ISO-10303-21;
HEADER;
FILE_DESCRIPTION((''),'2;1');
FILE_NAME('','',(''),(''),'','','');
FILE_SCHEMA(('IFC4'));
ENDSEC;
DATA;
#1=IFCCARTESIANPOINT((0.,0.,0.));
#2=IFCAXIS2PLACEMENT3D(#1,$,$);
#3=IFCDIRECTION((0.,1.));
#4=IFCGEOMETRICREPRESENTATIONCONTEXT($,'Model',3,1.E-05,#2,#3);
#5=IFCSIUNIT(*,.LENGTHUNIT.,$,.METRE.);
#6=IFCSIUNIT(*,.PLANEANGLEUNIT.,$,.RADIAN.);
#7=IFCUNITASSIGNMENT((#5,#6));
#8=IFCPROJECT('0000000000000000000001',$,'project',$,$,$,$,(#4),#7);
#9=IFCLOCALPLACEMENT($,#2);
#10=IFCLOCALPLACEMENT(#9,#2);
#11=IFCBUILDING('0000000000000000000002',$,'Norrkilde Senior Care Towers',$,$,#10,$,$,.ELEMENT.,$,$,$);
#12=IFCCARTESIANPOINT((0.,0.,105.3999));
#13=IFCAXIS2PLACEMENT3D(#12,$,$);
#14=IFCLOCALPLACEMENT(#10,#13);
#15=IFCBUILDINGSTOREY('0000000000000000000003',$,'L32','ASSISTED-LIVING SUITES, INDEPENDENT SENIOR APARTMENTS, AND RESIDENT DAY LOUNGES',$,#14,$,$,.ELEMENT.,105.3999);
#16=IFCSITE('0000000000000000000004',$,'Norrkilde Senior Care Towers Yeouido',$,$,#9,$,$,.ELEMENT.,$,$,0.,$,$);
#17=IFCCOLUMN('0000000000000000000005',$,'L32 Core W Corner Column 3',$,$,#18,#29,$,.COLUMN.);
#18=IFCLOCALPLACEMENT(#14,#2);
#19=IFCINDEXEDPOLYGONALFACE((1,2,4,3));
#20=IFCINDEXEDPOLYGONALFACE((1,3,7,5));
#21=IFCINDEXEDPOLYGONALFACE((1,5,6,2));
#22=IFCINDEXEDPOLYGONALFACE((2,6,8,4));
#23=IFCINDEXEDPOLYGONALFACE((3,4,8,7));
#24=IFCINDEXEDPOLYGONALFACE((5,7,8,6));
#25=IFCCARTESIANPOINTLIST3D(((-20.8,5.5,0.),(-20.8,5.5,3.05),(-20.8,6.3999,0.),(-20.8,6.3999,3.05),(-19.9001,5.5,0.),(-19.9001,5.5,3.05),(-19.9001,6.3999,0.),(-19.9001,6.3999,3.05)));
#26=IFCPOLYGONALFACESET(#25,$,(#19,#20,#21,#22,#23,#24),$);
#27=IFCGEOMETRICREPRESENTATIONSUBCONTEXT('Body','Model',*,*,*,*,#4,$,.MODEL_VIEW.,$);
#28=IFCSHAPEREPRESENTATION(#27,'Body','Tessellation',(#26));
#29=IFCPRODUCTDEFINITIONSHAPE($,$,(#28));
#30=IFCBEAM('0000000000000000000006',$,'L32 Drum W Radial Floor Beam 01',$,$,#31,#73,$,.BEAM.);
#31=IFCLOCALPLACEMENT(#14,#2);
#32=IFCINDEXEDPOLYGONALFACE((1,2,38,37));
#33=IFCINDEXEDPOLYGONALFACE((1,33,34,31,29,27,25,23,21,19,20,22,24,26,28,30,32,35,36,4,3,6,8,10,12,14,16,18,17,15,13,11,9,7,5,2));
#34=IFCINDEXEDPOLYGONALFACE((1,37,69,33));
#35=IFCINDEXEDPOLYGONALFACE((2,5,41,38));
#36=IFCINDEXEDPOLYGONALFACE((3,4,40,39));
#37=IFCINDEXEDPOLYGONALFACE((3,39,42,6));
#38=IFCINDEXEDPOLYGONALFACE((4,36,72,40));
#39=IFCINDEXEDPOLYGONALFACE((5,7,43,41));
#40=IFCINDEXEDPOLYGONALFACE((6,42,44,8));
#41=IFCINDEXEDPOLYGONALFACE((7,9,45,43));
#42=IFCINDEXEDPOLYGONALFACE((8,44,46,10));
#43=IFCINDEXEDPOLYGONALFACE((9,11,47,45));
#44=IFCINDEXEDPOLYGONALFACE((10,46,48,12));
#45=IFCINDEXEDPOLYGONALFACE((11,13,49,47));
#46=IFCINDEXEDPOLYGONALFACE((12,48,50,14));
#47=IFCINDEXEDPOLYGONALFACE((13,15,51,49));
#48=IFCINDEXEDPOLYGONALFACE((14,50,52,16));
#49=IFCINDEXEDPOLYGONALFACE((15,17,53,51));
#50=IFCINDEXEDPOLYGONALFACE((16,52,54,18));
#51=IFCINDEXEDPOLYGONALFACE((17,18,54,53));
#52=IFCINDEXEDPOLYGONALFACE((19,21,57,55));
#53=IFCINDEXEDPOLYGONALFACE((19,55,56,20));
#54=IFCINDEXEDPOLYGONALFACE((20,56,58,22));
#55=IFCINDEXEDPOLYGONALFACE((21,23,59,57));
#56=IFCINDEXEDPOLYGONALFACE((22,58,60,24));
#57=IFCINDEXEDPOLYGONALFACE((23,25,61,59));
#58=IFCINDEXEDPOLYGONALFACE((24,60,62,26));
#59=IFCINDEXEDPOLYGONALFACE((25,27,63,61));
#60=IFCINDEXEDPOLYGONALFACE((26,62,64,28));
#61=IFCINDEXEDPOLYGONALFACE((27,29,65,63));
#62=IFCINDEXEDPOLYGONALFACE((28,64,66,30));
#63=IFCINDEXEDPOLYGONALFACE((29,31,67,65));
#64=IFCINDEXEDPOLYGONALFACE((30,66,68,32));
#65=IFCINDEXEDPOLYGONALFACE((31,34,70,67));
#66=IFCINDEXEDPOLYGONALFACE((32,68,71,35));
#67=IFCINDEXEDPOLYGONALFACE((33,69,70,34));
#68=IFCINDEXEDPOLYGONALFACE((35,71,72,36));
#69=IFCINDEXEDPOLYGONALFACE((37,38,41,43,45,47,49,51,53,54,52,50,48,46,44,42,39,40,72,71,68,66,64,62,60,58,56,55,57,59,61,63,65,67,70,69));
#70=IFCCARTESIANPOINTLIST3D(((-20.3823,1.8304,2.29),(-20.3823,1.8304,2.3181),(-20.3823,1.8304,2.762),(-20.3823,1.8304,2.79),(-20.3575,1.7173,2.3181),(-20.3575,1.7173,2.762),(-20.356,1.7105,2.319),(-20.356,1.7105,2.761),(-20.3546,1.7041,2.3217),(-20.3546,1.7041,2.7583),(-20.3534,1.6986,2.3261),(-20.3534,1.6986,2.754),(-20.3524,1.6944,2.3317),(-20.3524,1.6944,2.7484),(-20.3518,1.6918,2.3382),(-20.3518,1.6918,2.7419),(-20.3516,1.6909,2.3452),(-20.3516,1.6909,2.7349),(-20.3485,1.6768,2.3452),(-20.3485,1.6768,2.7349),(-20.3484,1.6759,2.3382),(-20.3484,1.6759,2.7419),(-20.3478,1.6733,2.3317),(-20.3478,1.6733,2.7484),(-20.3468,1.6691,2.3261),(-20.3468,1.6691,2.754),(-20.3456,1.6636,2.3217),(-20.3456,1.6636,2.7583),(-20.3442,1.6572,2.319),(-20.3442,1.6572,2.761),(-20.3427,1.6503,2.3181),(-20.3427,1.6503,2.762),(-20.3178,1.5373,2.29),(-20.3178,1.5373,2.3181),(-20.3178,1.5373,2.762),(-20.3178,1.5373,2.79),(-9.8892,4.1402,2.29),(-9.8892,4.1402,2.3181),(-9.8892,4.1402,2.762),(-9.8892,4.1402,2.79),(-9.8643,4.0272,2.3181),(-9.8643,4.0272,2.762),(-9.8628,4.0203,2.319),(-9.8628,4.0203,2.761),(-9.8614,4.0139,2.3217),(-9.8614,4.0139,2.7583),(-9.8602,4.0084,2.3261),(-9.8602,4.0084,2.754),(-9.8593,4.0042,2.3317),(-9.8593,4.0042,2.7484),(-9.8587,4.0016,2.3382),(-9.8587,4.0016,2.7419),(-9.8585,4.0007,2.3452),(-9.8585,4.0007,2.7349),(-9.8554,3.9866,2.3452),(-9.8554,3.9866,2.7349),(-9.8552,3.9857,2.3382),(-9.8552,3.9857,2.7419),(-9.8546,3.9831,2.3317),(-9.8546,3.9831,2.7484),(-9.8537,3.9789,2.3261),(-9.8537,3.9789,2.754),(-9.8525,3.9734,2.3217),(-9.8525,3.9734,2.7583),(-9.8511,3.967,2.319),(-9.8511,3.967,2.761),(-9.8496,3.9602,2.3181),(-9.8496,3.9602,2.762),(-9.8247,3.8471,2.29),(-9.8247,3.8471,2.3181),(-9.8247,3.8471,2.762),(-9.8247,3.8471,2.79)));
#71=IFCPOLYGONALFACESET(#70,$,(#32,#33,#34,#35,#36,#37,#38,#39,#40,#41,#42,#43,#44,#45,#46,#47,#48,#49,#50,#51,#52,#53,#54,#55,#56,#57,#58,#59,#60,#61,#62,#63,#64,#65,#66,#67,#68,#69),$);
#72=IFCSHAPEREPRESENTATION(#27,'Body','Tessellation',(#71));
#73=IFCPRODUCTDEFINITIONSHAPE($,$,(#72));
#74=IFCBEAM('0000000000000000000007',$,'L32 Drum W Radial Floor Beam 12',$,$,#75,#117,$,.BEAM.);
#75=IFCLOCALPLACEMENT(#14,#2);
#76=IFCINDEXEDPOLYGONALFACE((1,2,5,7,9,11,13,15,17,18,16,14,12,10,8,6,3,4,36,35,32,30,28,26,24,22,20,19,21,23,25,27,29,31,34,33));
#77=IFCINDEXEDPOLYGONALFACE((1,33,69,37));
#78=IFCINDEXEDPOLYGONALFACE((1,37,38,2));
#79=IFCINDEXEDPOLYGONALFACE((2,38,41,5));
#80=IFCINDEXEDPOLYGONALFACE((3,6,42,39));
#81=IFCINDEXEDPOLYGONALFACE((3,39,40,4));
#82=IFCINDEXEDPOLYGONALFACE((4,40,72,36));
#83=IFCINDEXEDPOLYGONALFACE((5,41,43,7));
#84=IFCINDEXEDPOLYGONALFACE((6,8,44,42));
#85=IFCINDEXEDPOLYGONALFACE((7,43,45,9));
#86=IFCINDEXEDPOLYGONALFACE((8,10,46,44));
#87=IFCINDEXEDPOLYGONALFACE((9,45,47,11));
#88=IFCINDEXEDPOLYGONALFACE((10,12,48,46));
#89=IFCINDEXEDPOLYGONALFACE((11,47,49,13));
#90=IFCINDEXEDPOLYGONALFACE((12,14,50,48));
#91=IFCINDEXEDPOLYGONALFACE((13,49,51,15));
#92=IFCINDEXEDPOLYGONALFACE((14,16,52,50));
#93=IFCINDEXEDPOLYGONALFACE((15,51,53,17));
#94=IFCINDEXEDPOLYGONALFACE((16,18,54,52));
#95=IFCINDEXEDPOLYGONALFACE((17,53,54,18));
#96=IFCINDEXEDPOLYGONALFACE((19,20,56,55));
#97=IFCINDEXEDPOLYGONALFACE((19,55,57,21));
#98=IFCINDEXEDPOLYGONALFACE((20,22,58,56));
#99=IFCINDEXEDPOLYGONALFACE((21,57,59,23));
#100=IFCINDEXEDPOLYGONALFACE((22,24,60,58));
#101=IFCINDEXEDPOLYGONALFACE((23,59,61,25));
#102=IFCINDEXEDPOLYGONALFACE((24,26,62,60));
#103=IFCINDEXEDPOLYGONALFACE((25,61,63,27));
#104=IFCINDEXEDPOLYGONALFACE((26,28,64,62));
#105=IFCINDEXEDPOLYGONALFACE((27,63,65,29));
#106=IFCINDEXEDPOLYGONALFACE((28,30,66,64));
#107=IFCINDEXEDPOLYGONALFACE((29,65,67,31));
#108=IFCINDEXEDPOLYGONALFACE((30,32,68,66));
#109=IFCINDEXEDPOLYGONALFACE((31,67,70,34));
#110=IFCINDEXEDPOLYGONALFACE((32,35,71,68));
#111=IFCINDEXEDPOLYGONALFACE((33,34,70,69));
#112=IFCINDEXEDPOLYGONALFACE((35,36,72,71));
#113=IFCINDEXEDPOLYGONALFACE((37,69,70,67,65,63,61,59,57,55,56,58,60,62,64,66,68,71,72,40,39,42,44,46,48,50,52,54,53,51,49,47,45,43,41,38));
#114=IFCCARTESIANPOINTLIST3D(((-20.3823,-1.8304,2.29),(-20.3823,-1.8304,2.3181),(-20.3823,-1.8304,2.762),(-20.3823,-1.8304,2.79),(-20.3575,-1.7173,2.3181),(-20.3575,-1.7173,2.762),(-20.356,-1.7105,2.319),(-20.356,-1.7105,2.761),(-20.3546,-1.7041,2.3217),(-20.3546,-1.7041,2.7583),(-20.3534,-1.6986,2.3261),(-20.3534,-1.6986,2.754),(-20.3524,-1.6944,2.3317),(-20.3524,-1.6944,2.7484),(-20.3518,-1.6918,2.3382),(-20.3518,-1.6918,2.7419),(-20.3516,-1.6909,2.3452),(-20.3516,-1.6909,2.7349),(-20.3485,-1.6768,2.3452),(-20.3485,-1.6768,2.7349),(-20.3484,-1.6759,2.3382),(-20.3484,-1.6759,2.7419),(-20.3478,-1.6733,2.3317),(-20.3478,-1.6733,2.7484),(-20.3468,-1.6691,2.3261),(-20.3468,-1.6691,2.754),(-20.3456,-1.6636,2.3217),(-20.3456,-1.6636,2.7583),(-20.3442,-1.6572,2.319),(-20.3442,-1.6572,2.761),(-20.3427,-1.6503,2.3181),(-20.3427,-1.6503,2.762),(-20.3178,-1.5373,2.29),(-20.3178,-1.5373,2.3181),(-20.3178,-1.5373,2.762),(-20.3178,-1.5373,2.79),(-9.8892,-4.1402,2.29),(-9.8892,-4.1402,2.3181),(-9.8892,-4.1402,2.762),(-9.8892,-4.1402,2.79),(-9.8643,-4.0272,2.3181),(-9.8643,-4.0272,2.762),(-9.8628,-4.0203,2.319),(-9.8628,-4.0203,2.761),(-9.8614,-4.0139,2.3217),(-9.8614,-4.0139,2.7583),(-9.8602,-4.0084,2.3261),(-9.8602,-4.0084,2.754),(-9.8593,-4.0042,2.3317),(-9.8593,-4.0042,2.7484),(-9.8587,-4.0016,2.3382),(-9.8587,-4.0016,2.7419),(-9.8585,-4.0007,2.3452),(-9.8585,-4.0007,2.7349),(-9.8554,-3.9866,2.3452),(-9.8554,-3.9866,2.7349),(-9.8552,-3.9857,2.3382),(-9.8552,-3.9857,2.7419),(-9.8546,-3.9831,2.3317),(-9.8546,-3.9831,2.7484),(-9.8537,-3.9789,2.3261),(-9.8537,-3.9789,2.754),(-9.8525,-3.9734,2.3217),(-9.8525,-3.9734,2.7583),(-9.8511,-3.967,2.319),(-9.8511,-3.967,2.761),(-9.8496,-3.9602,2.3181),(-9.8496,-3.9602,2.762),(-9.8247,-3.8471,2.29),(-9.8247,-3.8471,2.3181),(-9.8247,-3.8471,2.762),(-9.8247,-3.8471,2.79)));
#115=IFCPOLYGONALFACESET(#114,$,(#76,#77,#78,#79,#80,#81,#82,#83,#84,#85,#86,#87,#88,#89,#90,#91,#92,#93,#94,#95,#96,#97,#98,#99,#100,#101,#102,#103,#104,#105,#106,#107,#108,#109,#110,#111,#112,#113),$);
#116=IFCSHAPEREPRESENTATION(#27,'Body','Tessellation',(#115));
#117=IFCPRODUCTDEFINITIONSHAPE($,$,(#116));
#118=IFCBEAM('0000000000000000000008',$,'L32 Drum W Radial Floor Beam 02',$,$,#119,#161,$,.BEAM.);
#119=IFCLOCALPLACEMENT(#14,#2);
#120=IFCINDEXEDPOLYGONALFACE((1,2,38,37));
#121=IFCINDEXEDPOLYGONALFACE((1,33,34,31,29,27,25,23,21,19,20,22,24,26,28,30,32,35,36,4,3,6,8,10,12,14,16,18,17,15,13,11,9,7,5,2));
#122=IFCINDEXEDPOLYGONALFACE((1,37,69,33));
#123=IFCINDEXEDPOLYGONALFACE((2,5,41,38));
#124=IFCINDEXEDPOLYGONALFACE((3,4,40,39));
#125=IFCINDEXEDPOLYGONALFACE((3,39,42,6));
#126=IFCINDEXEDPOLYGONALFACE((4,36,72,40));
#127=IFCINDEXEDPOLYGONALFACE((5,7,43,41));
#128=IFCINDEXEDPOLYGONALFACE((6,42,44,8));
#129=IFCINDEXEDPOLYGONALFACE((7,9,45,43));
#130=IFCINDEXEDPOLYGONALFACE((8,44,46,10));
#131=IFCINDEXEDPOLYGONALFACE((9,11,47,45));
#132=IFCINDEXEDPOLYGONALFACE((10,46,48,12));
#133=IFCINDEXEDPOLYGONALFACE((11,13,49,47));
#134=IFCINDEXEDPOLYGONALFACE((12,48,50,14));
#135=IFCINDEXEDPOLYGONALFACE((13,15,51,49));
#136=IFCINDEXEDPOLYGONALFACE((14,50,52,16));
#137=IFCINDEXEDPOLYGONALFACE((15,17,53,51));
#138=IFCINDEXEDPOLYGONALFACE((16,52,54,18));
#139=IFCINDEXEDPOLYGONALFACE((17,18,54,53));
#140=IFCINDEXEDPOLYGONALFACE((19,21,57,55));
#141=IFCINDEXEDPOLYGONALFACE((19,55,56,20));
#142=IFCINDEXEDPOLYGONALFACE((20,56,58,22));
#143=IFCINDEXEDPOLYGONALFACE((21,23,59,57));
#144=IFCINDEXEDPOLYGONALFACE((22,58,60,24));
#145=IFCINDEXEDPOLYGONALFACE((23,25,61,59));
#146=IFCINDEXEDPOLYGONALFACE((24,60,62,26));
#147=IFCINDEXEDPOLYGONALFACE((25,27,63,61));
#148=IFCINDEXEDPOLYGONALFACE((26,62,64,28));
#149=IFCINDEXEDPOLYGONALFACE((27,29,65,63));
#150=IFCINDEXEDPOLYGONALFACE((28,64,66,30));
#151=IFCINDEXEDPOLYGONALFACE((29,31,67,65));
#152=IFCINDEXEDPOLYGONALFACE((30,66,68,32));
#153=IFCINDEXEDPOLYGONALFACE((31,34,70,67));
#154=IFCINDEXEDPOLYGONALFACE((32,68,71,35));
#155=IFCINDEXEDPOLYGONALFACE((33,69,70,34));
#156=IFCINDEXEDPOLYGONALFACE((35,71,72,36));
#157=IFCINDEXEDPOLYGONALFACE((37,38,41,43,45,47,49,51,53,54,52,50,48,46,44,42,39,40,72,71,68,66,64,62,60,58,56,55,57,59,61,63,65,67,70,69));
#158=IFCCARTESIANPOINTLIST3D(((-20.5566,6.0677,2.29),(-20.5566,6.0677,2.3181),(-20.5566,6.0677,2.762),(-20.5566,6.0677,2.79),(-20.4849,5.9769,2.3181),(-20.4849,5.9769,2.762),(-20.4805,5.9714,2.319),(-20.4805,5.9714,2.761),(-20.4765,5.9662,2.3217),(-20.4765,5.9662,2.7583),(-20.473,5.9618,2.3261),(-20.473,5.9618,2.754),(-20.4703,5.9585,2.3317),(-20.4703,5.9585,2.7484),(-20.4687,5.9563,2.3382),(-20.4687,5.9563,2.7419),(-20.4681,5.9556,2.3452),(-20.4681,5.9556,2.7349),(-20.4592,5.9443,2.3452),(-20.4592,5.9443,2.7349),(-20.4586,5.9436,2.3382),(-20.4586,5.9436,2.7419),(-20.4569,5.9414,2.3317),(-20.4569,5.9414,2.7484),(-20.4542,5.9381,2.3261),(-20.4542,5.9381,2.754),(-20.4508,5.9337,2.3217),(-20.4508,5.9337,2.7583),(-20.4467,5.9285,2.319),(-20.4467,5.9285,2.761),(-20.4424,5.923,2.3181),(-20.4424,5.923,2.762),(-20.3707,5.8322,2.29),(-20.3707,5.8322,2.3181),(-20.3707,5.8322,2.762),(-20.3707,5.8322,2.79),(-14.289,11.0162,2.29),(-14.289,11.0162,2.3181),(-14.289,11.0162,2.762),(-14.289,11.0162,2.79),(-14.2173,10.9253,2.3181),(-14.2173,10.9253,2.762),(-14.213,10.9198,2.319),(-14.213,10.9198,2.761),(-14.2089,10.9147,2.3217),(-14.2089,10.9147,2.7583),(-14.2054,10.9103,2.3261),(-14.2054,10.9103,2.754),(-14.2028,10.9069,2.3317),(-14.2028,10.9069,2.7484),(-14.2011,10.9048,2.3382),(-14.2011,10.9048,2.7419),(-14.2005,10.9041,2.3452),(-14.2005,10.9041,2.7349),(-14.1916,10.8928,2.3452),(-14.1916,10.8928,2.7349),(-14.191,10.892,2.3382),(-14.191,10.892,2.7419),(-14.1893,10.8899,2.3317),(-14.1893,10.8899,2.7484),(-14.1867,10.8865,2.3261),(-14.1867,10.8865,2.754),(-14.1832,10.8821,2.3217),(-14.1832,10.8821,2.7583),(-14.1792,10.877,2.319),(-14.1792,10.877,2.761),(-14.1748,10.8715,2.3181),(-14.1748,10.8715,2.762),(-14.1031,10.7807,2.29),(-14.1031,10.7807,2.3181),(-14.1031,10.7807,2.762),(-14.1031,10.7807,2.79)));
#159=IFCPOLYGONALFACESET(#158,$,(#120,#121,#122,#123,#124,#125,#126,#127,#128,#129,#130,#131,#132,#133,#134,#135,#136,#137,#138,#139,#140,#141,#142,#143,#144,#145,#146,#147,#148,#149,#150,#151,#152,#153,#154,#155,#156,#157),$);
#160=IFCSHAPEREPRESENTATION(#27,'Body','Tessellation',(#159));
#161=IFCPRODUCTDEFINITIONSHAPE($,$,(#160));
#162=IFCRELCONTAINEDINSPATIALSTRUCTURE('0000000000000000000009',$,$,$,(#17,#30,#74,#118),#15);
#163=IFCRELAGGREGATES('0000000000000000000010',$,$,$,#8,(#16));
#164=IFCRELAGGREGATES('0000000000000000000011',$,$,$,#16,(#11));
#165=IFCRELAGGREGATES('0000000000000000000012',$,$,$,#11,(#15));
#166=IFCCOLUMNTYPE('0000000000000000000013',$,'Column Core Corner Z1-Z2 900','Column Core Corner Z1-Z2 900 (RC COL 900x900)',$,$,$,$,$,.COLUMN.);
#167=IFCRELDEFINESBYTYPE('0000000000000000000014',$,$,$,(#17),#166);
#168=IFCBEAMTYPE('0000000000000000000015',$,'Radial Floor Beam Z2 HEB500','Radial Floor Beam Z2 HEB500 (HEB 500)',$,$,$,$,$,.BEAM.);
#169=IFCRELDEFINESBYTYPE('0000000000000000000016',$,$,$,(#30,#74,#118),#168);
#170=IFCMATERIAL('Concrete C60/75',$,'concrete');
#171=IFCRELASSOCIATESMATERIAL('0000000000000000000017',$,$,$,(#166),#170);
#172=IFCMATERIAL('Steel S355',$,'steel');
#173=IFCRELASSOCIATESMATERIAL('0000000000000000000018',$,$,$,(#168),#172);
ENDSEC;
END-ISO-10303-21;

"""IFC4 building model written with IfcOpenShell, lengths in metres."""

from ifc_helpers import new_model, si_unit, direction, frame, origin, origin_2d, place, context, subcontext, project, spatial, rectangle, i_section, extrude, source, transform, mapped, material, material_profile, profile_set, type_object, type_shapes, element, save


model = new_model("IFC4")

# Units and contexts
model_context = context("Model", 3, precision=1e-05, world=origin(), true_north=direction((0.0, 1.0)))
body_context = subcontext(model_context, "Body", "Model", "MODEL_VIEW")
ifc_project = project(units=[si_unit("LENGTHUNIT", "METRE"), si_unit("PLANEANGLEUNIT", "RADIAN")], contexts=[model_context])

# Site, building, storey
site_placement = place(None, origin())
site = spatial("IfcSite", under=ifc_project, at=site_placement, Name="Norrkilde Senior Care Towers Yeouido", CompositionType="ELEMENT", RefElevation=0.0)
building_placement = place(site_placement, origin())
building = spatial("IfcBuilding", under=site, at=building_placement, Name="Norrkilde Senior Care Towers", CompositionType="ELEMENT")
storey_placement = place(building_placement, frame((0.0, 0.0, 105.3999)))
storey = spatial("IfcBuildingStorey", under=building, at=storey_placement, Name="L32", Description="ASSISTED-LIVING SUITES, INDEPENDENT SENIOR APARTMENTS, AND RESIDENT DAY LOUNGES", CompositionType="ELEMENT", Elevation=105.3999)

# Column
ifc_material_1 = material(Name="Concrete C60/75", Category="concrete")
ifc_material_profile_1 = material_profile(ifc_material_1, rectangle(XDim=0.8999, YDim=0.8999, at=origin_2d()), Name="RC COL 900x900")
ifc_profile_set_1 = profile_set([ifc_material_profile_1], Name="Concrete C60/75")
column_type = type_object("IfcColumnType", Name="Column Core Corner Z1-Z2 900", Description="Column Core Corner Z1-Z2 900 (RC COL 900x900)", PredefinedType="COLUMN", material=ifc_profile_set_1)
shared_shape_1 = source(origin(), body_context, "Body", "SweptSolid", [
    extrude(rectangle(XDim=0.8999, YDim=0.8999, at=origin_2d()), origin(), (0.0, 0.0, 1.0), 3.05),
])
type_shapes(column_type, [shared_shape_1])
column_placement = place(storey_placement, frame((-20.3501, 5.95, 0.0), z_axis=(0.0, 0.0, 1.0), x_axis=(1.0, 0.0, 0.0)))
element("IfcColumn", 1, at=column_placement, inside=storey, type_object=column_type, Name="L32 Core W Corner Column 3", PredefinedType="COLUMN", context=body_context, shape_type="MappedRepresentation", body=[
    mapped(shared_shape_1, transform((0.0, 0.0, 0.0), x_axis=(1.0, 0.0, 0.0), y_axis=(0.0, 1.0, 0.0), z_axis=(0.0, 0.0, 1.0), scale=1.0)),
])

# Beams
ifc_material_2 = material(Name="Steel S355", Category="steel")
ifc_material_profile_2 = material_profile(ifc_material_2, i_section(OverallWidth=0.3, OverallDepth=0.5, WebThickness=0.0144, FlangeThickness=0.0281, FilletRadius=0.0271, at=origin_2d()), Name="HEB 500")
ifc_profile_set_2 = profile_set([ifc_material_profile_2], Name="Steel S355")
beam_type = type_object("IfcBeamType", Name="Radial Floor Beam Z2 HEB500", Description="Radial Floor Beam Z2 HEB500 (HEB 500)", PredefinedType="BEAM", material=ifc_profile_set_2)
shared_shape_2 = source(origin(), body_context, "Body", "SweptSolid", [
    extrude(i_section(OverallWidth=0.3, OverallDepth=0.5, WebThickness=0.0144, FlangeThickness=0.0281, FilletRadius=0.0271, at=origin_2d()), origin(), (0.0, 0.0, 1.0), 10.7444),
])
for number, where, z_axis, x_axis, name in (
    (2, (-20.3501, 1.6838, 2.54), (0.976619, 0.214979, 0.0), (-0.214979, 0.976619, 0.0), "L32 Drum W Radial Floor Beam 01"),
    (3, (-20.3501, -1.6838, 2.54), (0.976619, -0.214979, 0.0), (0.214979, 0.976619, 0.0), "L32 Drum W Radial Floor Beam 12"),
):
    element("IfcBeam", number, at=place(storey_placement, frame(where, z_axis=z_axis, x_axis=x_axis)), inside=storey, type_object=beam_type, Name=name, PredefinedType="BEAM", context=body_context, shape_type="MappedRepresentation", body=[
        mapped(shared_shape_2, transform((0.0, 0.0, 0.0), x_axis=(1.0, 0.0, 0.0), y_axis=(0.0, 1.0, 0.0), z_axis=(0.0, 0.0, 1.0), scale=1.0)),
    ])
shared_shape_3 = source(origin(), body_context, "Body", "SweptSolid", [
    extrude(i_section(OverallWidth=0.3, OverallDepth=0.5, WebThickness=0.0144, FlangeThickness=0.0281, FilletRadius=0.0271, at=origin_2d()), origin(), (0.0, 0.0, 1.0), 7.9856),
])
beam_1_placement = place(storey_placement, frame((-20.4636, 5.95, 2.54), z_axis=(0.784859, 0.619675, 0.0), x_axis=(-0.619675, 0.784859, 0.0)))
element("IfcBeam", 4, at=beam_1_placement, inside=storey, type_object=beam_type, Name="L32 Drum W Radial Floor Beam 02", PredefinedType="BEAM", context=body_context, shape_type="MappedRepresentation", body=[
    mapped(shared_shape_3, transform((0.0, 0.0, 0.0), x_axis=(1.0, 0.0, 0.0), y_axis=(0.0, 1.0, 0.0), z_axis=(0.0, 0.0, 1.0), scale=1.0)),
])

save(model, "model.ifc")
